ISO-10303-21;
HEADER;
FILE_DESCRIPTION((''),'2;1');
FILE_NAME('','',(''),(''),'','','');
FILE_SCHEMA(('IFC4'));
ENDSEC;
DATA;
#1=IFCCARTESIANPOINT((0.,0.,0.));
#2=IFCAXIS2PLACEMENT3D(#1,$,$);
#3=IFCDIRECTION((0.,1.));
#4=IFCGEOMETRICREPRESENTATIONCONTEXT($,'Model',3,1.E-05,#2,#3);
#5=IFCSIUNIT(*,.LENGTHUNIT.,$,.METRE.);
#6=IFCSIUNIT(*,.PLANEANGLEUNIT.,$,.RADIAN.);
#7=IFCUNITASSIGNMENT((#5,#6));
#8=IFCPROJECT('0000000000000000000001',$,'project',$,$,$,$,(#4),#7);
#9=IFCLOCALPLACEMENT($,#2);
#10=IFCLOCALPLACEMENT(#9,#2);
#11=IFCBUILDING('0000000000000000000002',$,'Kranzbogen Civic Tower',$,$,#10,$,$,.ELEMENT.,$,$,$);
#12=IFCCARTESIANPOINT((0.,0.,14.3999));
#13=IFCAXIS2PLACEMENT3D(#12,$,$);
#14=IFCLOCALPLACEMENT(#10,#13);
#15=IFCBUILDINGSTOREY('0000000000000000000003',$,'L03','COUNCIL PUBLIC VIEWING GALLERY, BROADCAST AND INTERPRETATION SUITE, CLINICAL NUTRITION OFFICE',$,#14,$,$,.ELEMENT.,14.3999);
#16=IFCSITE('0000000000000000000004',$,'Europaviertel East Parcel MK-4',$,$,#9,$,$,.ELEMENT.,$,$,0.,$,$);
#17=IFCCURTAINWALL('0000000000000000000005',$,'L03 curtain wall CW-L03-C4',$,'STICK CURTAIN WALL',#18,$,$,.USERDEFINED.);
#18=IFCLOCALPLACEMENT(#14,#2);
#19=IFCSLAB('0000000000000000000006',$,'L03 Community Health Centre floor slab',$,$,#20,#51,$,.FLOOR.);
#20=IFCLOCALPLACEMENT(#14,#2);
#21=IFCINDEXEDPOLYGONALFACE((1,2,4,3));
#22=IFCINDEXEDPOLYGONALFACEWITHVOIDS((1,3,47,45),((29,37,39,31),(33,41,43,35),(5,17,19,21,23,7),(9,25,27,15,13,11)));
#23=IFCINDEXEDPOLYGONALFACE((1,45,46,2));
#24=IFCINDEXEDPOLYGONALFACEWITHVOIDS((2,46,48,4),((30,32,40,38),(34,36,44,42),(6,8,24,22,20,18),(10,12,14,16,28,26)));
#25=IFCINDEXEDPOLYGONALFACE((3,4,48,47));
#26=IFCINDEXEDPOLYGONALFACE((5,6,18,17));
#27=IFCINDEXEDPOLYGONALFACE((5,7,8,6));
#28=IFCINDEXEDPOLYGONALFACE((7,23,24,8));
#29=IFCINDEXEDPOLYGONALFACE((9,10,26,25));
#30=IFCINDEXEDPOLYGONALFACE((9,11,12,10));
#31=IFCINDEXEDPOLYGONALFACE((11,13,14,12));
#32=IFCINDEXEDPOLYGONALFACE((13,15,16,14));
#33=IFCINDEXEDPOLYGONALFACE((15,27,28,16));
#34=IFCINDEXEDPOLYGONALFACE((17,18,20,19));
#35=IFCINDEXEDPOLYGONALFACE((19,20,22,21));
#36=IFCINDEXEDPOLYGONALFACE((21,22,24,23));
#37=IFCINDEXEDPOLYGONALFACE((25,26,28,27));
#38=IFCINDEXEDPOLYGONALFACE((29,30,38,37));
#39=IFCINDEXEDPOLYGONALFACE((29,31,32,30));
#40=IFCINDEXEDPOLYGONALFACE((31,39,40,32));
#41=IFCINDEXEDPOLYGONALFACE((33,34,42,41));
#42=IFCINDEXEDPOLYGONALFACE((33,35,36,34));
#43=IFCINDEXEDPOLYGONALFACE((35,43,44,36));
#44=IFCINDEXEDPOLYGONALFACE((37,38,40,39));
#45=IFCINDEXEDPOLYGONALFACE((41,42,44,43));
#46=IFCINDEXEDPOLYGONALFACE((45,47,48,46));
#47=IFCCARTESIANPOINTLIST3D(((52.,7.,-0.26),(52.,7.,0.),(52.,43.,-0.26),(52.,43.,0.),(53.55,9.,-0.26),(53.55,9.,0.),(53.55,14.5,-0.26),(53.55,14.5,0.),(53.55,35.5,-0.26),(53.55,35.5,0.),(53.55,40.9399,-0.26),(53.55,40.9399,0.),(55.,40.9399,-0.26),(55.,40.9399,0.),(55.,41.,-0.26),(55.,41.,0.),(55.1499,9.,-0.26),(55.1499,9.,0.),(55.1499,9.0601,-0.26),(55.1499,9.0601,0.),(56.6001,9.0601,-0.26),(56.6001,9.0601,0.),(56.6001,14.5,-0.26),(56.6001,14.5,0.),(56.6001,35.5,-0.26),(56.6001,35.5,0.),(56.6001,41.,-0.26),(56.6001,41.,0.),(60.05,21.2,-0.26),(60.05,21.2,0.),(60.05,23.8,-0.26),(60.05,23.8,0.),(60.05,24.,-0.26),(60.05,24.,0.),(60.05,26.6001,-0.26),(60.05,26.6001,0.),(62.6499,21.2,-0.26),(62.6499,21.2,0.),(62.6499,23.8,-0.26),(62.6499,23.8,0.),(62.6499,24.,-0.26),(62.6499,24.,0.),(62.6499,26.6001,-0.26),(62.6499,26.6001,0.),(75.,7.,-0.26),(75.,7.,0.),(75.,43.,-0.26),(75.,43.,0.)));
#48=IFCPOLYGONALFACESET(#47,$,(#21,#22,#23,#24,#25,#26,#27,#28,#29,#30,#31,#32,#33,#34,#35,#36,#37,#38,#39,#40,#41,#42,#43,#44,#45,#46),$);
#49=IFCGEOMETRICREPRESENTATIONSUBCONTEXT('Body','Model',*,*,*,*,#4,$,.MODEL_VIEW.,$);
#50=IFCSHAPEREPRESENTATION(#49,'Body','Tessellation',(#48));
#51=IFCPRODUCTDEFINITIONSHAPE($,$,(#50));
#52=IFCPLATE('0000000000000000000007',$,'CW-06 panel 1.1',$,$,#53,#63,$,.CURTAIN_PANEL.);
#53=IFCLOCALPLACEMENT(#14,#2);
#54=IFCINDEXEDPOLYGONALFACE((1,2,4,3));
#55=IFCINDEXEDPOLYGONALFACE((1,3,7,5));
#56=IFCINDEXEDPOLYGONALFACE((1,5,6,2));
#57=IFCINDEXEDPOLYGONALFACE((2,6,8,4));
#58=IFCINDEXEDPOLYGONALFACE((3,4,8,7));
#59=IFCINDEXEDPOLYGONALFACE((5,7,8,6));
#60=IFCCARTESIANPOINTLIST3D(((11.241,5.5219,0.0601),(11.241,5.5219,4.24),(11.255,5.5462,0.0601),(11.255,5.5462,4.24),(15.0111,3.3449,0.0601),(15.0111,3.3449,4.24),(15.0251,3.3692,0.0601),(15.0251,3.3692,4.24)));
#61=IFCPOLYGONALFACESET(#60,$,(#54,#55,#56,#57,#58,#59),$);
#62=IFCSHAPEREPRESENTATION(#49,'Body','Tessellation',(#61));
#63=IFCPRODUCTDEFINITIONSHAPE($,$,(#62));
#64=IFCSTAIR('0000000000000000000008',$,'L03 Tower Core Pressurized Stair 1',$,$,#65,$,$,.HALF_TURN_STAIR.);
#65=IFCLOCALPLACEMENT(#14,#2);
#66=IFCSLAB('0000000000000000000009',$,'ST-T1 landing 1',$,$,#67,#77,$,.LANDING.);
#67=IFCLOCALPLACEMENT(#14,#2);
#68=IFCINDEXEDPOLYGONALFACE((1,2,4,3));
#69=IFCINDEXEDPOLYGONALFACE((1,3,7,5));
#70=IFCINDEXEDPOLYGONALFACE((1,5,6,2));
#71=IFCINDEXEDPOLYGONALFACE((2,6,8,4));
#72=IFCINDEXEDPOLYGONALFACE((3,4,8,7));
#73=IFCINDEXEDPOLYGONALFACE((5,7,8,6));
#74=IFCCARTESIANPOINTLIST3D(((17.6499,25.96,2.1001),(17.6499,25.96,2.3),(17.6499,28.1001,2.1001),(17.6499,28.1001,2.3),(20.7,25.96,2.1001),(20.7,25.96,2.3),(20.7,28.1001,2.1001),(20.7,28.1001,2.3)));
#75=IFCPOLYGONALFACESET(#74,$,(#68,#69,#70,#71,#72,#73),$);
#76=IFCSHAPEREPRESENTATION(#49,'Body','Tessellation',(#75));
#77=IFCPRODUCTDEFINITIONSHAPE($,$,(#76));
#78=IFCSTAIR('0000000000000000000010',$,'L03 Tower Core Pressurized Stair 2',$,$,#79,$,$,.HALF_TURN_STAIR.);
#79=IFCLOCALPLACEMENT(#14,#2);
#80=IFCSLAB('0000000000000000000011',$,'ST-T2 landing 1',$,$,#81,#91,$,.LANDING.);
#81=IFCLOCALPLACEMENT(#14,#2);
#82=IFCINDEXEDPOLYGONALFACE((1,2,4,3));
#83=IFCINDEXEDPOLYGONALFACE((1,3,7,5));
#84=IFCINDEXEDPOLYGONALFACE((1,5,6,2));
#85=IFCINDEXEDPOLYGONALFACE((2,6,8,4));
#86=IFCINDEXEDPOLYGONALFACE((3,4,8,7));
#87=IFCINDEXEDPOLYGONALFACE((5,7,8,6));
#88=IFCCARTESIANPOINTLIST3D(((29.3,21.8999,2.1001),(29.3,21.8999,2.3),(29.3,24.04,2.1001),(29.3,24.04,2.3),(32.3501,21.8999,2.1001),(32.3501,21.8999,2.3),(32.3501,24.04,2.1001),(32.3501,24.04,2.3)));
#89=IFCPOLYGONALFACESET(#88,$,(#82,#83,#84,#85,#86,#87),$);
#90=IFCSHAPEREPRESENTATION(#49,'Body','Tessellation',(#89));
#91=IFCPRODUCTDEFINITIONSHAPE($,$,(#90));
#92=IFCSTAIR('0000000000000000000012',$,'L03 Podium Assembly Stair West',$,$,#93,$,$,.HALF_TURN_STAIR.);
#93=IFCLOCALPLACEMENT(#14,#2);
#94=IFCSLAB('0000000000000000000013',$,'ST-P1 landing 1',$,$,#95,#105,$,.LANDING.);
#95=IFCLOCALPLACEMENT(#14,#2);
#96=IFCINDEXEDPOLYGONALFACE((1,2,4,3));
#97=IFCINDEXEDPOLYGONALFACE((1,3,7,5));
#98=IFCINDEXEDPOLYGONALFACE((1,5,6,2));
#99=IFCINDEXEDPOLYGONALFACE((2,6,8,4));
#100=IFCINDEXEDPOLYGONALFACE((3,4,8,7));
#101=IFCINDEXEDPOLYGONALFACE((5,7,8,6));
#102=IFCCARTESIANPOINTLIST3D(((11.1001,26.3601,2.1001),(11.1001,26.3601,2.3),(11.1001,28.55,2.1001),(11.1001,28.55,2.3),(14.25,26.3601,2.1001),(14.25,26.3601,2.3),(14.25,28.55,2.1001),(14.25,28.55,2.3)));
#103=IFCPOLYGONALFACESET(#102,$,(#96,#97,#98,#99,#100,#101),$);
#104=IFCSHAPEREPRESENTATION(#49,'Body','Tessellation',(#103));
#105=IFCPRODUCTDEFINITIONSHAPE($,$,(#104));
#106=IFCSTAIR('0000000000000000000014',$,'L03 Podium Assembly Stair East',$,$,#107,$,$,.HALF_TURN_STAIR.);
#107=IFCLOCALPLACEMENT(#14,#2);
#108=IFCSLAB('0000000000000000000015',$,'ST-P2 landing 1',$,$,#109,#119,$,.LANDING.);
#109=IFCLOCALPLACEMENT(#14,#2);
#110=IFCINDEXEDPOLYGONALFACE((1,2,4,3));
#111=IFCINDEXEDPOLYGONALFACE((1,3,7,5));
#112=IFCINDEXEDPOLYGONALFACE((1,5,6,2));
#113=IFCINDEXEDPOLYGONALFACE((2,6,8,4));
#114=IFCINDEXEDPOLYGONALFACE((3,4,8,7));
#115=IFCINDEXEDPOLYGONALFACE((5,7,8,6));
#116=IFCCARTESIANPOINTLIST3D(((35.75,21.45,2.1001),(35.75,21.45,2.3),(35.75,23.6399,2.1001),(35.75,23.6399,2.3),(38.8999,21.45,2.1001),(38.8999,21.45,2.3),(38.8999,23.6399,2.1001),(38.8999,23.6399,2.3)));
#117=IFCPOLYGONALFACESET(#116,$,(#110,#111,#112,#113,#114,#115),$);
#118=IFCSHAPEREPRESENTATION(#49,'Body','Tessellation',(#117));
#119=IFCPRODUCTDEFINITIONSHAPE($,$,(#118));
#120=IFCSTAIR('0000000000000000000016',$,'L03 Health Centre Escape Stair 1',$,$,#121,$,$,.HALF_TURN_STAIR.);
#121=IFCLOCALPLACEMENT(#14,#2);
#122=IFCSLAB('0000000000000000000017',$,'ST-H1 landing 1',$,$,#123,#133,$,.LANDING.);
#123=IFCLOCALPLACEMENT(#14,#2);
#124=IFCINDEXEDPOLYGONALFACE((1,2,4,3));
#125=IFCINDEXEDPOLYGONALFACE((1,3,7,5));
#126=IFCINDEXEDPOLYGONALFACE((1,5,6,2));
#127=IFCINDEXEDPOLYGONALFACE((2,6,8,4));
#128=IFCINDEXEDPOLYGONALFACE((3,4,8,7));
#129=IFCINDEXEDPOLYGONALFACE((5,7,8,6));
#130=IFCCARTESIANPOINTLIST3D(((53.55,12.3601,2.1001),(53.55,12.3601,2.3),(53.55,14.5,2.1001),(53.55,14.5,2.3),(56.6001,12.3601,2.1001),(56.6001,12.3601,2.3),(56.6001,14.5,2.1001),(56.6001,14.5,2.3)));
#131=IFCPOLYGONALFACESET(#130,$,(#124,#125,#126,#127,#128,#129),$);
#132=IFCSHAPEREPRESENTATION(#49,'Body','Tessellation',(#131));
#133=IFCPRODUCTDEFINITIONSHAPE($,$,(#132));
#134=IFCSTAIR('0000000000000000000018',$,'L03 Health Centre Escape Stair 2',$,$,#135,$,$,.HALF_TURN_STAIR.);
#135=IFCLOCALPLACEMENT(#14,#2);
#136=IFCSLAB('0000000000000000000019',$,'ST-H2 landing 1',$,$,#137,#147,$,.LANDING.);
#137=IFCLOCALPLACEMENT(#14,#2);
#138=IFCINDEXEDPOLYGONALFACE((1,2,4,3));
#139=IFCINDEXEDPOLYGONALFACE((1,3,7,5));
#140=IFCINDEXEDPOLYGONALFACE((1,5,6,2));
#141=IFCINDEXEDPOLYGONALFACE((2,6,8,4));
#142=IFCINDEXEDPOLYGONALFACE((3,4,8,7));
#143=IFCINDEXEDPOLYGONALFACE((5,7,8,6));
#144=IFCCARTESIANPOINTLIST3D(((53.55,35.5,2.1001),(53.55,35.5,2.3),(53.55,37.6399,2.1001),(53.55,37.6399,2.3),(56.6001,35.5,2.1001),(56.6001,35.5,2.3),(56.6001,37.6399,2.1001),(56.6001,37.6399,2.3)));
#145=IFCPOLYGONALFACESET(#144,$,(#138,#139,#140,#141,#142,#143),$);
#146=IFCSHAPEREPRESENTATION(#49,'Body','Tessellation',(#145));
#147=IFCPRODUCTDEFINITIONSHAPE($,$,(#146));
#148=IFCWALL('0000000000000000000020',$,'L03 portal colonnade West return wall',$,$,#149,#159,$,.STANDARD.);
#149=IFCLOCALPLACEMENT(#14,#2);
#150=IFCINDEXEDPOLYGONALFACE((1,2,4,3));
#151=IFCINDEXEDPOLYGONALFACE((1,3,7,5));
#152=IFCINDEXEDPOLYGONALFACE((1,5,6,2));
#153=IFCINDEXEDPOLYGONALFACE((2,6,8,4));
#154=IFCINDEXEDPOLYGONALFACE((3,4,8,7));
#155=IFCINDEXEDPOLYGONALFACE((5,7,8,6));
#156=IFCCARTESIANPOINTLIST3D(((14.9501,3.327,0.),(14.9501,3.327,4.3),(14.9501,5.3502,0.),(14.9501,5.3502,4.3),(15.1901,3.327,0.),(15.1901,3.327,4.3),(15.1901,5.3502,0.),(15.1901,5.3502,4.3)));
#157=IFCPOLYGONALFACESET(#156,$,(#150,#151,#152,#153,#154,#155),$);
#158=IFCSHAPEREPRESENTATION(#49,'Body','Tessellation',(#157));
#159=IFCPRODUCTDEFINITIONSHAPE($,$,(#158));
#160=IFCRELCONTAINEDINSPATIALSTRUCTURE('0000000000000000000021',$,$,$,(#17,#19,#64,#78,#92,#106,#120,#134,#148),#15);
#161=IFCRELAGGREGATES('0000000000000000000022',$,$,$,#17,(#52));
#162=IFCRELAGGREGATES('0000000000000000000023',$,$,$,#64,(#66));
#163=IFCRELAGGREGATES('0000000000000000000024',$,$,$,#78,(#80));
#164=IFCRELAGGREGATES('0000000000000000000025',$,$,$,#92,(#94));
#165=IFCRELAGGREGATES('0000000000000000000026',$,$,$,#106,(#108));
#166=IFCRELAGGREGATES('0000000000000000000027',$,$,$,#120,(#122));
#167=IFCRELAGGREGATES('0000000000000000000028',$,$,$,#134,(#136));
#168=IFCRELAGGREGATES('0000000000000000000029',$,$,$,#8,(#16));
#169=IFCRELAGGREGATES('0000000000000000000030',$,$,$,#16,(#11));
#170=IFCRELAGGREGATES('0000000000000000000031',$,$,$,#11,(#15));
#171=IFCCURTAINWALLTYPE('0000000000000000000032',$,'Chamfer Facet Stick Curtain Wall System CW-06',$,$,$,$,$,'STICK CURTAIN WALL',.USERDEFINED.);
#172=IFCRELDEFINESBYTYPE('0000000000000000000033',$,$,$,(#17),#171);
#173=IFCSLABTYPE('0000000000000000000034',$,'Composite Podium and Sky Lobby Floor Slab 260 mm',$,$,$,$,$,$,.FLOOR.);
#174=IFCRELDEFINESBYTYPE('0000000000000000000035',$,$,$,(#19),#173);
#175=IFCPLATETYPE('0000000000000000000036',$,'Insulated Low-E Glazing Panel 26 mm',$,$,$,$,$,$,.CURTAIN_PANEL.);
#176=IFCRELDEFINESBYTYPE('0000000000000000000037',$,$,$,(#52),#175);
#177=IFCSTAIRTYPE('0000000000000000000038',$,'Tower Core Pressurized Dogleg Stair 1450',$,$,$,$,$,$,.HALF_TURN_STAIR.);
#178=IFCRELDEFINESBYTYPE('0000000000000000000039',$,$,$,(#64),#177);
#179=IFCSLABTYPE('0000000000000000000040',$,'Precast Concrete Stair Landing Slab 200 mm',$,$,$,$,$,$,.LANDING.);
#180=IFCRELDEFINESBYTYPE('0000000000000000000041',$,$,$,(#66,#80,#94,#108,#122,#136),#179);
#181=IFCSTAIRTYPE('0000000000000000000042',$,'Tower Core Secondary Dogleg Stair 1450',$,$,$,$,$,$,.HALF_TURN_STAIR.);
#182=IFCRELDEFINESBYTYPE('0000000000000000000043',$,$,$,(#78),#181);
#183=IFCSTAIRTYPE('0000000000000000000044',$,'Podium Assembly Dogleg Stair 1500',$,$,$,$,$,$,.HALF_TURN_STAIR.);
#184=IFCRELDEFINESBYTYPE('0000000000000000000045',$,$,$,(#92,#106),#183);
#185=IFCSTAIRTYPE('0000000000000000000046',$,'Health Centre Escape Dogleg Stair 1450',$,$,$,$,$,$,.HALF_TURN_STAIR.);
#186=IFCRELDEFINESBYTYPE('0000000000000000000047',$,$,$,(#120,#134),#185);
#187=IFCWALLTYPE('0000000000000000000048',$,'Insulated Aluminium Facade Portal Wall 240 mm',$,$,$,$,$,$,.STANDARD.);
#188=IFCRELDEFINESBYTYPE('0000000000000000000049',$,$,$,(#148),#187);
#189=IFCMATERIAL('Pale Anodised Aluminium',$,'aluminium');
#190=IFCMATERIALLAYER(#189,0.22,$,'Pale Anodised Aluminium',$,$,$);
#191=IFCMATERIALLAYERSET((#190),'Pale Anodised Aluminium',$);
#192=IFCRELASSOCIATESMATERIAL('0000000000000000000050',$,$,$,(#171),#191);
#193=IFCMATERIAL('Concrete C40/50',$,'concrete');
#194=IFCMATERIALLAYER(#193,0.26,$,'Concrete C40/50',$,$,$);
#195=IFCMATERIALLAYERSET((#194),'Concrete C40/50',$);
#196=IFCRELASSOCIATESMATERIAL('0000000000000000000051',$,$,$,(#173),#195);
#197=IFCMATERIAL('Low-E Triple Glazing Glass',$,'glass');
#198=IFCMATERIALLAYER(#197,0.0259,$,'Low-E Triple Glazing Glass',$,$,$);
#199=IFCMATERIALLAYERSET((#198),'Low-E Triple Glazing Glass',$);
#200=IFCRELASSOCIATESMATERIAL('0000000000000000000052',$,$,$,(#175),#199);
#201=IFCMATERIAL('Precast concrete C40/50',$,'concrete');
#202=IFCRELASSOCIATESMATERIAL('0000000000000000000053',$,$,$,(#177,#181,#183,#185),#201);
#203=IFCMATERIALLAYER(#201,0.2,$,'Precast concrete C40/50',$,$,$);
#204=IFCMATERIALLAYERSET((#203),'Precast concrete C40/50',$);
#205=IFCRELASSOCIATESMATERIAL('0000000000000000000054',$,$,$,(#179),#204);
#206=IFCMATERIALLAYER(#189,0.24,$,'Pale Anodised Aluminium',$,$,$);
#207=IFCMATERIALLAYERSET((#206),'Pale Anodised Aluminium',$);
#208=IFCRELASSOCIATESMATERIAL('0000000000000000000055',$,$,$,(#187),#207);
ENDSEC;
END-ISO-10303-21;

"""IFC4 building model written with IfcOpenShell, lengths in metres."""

from ifc_helpers import new_model, si_unit, direction, frame, frame_2d, origin, origin_2d, place, context, subcontext, project, spatial, polyline, rectangle, outline, extrude, material, layer, layer_set, type_object, element, aggregate, save


model = new_model("IFC4")

# Units and contexts
model_context = context("Model", 3, precision=1e-05, world=origin(), true_north=direction((0.0, 1.0)))
body_context = subcontext(model_context, "Body", "Model", "MODEL_VIEW")
ifc_project = project(units=[si_unit("LENGTHUNIT", "METRE"), si_unit("PLANEANGLEUNIT", "RADIAN")], contexts=[model_context])

# Site, building, storey
site_placement = place(None, origin())
site = spatial("IfcSite", under=ifc_project, at=site_placement, Name="Europaviertel East Parcel MK-4", CompositionType="ELEMENT", RefElevation=0.0)
building_placement = place(site_placement, origin())
building = spatial("IfcBuilding", under=site, at=building_placement, Name="Kranzbogen Civic Tower", CompositionType="ELEMENT")
storey_placement = place(building_placement, frame((0.0, 0.0, 14.3999)))
storey = spatial("IfcBuildingStorey", under=building, at=storey_placement, Name="L03", Description="COUNCIL PUBLIC VIEWING GALLERY, BROADCAST AND INTERPRETATION SUITE, CLINICAL NUTRITION OFFICE", CompositionType="ELEMENT", Elevation=14.3999)

# Curtain wall
ifc_material_1 = material(Name="Pale Anodised Aluminium", Category="aluminium")
ifc_layer_1 = layer(ifc_material_1, 0.22, Name="Pale Anodised Aluminium")
ifc_layer_set_1 = layer_set([ifc_layer_1], Name="Pale Anodised Aluminium")
curtain_wall_type_1 = type_object("IfcCurtainWallType", Name="Chamfer Facet Stick Curtain Wall System CW-06", ElementType="STICK CURTAIN WALL", PredefinedType="USERDEFINED", material=ifc_layer_set_1)
curtain_wall_1_placement = place(storey_placement, origin())
curtain_wall_1 = element("IfcCurtainWall", 1, at=curtain_wall_1_placement, inside=storey, type_object=curtain_wall_type_1, Name="L03 curtain wall CW-L03-C4", ObjectType="STICK CURTAIN WALL", PredefinedType="USERDEFINED")

# Slab
ifc_material_2 = material(Name="Concrete C40/50", Category="concrete")
ifc_layer_2 = layer(ifc_material_2, 0.26, Name="Concrete C40/50")
ifc_layer_set_2 = layer_set([ifc_layer_2], Name="Concrete C40/50")
slab_type_1 = type_object("IfcSlabType", Name="Composite Podium and Sky Lobby Floor Slab 260 mm", PredefinedType="FLOOR", material=ifc_layer_set_2)
slab_1_placement = place(storey_placement, frame((0.0, 0.0, -0.26)))
element("IfcSlab", 2, at=slab_1_placement, inside=storey, type_object=slab_type_1, Name="L03 Community Health Centre floor slab", PredefinedType="FLOOR", context=body_context, shape_type="SweptSolid", body=[
    extrude(outline(polyline([(75.0, 7.0), (75.0, 43.0), (52.0, 43.0), (52.0, 7.0), (75.0, 7.0)]), holes=[polyline([(55.1499, 9.0601), (55.1499, 9.0), (53.55, 9.0), (53.55, 14.5), (56.6001, 14.5), (56.6001, 9.0601), (55.1499, 9.0601)]), polyline([(60.05, 21.2), (60.05, 23.8), (62.6499, 23.8), (62.6499, 21.2), (60.05, 21.2)]), polyline([(62.6499, 24.0), (60.05, 24.0), (60.05, 26.6001), (62.6499, 26.6001), (62.6499, 24.0)]), polyline([(55.0, 41.0), (56.6001, 41.0), (56.6001, 35.5), (53.55, 35.5), (53.55, 40.9399), (55.0, 40.9399), (55.0, 41.0)])]), origin(), (0.0, 0.0, 1.0), 0.26),
])

# Plate
ifc_material_3 = material(Name="Low-E Triple Glazing Glass", Category="glass")
ifc_layer_3 = layer(ifc_material_3, 0.0259, Name="Low-E Triple Glazing Glass")
ifc_layer_set_3 = layer_set([ifc_layer_3], Name="Low-E Triple Glazing Glass")
plate_type = type_object("IfcPlateType", Name="Insulated Low-E Glazing Panel 26 mm", PredefinedType="CURTAIN_PANEL", material=ifc_layer_set_3)
plate_placement = place(storey_placement, frame((13.1331, 4.4456, 0.0601), z_axis=(0.0, 0.0, 1.0), x_axis=(0.865992, -0.500058, 0.0)))
plate = element("IfcPlate", 3, at=plate_placement, type_object=plate_type, Name="CW-06 panel 1.1", PredefinedType="CURTAIN_PANEL", context=body_context, shape_type="SweptSolid", body=[
    extrude(rectangle(XDim=4.3535, YDim=0.0281, at=origin_2d()), origin(), (0.0, 0.0, 1.0), 4.1799),
])
aggregate(curtain_wall_1, [plate])

# Stairs, slabs
ifc_material_4 = material(Name="Precast concrete C40/50", Category="concrete")
stair_type_1 = type_object("IfcStairType", Name="Tower Core Pressurized Dogleg Stair 1450", PredefinedType="HALF_TURN_STAIR", material=ifc_material_4)
stair_1_placement = place(storey_placement, origin())
stair_1 = element("IfcStair", 4, at=stair_1_placement, inside=storey, type_object=stair_type_1, Name="L03 Tower Core Pressurized Stair 1", PredefinedType="HALF_TURN_STAIR")
ifc_layer_4 = layer(ifc_material_4, 0.2, Name="Precast concrete C40/50")
ifc_layer_set_4 = layer_set([ifc_layer_4], Name="Precast concrete C40/50")
slab_type_2 = type_object("IfcSlabType", Name="Precast Concrete Stair Landing Slab 200 mm", PredefinedType="LANDING", material=ifc_layer_set_4)
slab_2_placement = place(storey_placement, frame((0.0, 0.0, 2.1001)))
slab_2 = element("IfcSlab", 5, at=slab_2_placement, type_object=slab_type_2, Name="ST-T1 landing 1", PredefinedType="LANDING", context=body_context, shape_type="SweptSolid", body=[
    extrude(outline(polyline([(20.7, 25.96), (20.7, 28.1001), (17.6499, 28.1001), (17.6499, 25.96), (20.7, 25.96)])), origin(), (0.0, 0.0, 1.0), 0.2),
])
aggregate(stair_1, [slab_2])
stair_type_2 = type_object("IfcStairType", Name="Tower Core Secondary Dogleg Stair 1450", PredefinedType="HALF_TURN_STAIR", material=ifc_material_4)
stair_2_placement = place(storey_placement, origin())
stair_2 = element("IfcStair", 6, at=stair_2_placement, inside=storey, type_object=stair_type_2, Name="L03 Tower Core Pressurized Stair 2", PredefinedType="HALF_TURN_STAIR")
slab_3_placement = place(storey_placement, frame((0.0, 0.0, 2.1001)))
slab_3 = element("IfcSlab", 7, at=slab_3_placement, type_object=slab_type_2, Name="ST-T2 landing 1", PredefinedType="LANDING", context=body_context, shape_type="SweptSolid", body=[
    extrude(outline(polyline([(29.3, 24.04), (29.3, 21.8999), (32.3501, 21.8999), (32.3501, 24.04), (29.3, 24.04)])), origin(), (0.0, 0.0, 1.0), 0.2),
])
aggregate(stair_2, [slab_3])
stair_type_3 = type_object("IfcStairType", Name="Podium Assembly Dogleg Stair 1500", PredefinedType="HALF_TURN_STAIR", material=ifc_material_4)
stair_3_placement = place(storey_placement, origin())
stair_3 = element("IfcStair", 8, at=stair_3_placement, inside=storey, type_object=stair_type_3, Name="L03 Podium Assembly Stair West", PredefinedType="HALF_TURN_STAIR")
slab_4_placement = place(storey_placement, frame((0.0, 0.0, 2.1001)))
slab_4 = element("IfcSlab", 9, at=slab_4_placement, type_object=slab_type_2, Name="ST-P1 landing 1", PredefinedType="LANDING", context=body_context, shape_type="SweptSolid", body=[
    extrude(outline(polyline([(14.25, 26.3601), (14.25, 28.55), (11.1001, 28.55), (11.1001, 26.3601), (14.25, 26.3601)])), origin(), (0.0, 0.0, 1.0), 0.2),
])
aggregate(stair_3, [slab_4])
stair_4_placement = place(storey_placement, origin())
stair_4 = element("IfcStair", 10, at=stair_4_placement, inside=storey, type_object=stair_type_3, Name="L03 Podium Assembly Stair East", PredefinedType="HALF_TURN_STAIR")
slab_5_placement = place(storey_placement, frame((0.0, 0.0, 2.1001)))
slab_5 = element("IfcSlab", 11, at=slab_5_placement, type_object=slab_type_2, Name="ST-P2 landing 1", PredefinedType="LANDING", context=body_context, shape_type="SweptSolid", body=[
    extrude(outline(polyline([(35.75, 23.6399), (35.75, 21.45), (38.8999, 21.45), (38.8999, 23.6399), (35.75, 23.6399)])), origin(), (0.0, 0.0, 1.0), 0.2),
])
aggregate(stair_4, [slab_5])
stair_type_4 = type_object("IfcStairType", Name="Health Centre Escape Dogleg Stair 1450", PredefinedType="HALF_TURN_STAIR", material=ifc_material_4)
stair_5_placement = place(storey_placement, origin())
stair_5 = element("IfcStair", 12, at=stair_5_placement, inside=storey, type_object=stair_type_4, Name="L03 Health Centre Escape Stair 1", PredefinedType="HALF_TURN_STAIR")
slab_6_placement = place(storey_placement, frame((0.0, 0.0, 2.1001)))
slab_6 = element("IfcSlab", 13, at=slab_6_placement, type_object=slab_type_2, Name="ST-H1 landing 1", PredefinedType="LANDING", context=body_context, shape_type="SweptSolid", body=[
    extrude(outline(polyline([(56.6001, 12.3601), (56.6001, 14.5), (53.55, 14.5), (53.55, 12.3601), (56.6001, 12.3601)])), origin(), (0.0, 0.0, 1.0), 0.2),
])
aggregate(stair_5, [slab_6])
stair_6_placement = place(storey_placement, origin())
stair_6 = element("IfcStair", 14, at=stair_6_placement, inside=storey, type_object=stair_type_4, Name="L03 Health Centre Escape Stair 2", PredefinedType="HALF_TURN_STAIR")
slab_7_placement = place(storey_placement, frame((0.0, 0.0, 2.1001)))
slab_7 = element("IfcSlab", 15, at=slab_7_placement, type_object=slab_type_2, Name="ST-H2 landing 1", PredefinedType="LANDING", context=body_context, shape_type="SweptSolid", body=[
    extrude(outline(polyline([(53.55, 37.6399), (53.55, 35.5), (56.6001, 35.5), (56.6001, 37.6399), (53.55, 37.6399)])), origin(), (0.0, 0.0, 1.0), 0.2),
])
aggregate(stair_6, [slab_7])

# Wall
ifc_layer_5 = layer(ifc_material_1, 0.24, Name="Pale Anodised Aluminium")
ifc_layer_set_5 = layer_set([ifc_layer_5], Name="Pale Anodised Aluminium")
wall_type = type_object("IfcWallType", Name="Insulated Aluminium Facade Portal Wall 240 mm", PredefinedType="STANDARD", material=ifc_layer_set_5)
wall_placement = place(storey_placement, frame((15.0701, 3.3269, 0.0), z_axis=(0.0, 0.0, 1.0), x_axis=(0.0, 1.0, 0.0)))
element("IfcWall", 16, at=wall_placement, inside=storey, type_object=wall_type, Name="L03 portal colonnade West return wall", PredefinedType="STANDARD", context=body_context, shape_type="SweptSolid", body=[
    extrude(rectangle(XDim=2.0232, YDim=0.24, at=frame_2d((1.0117, 0.0))), origin(), (0.0, 0.0, 1.0), 4.3),
])

save(model, "model.ifc")
